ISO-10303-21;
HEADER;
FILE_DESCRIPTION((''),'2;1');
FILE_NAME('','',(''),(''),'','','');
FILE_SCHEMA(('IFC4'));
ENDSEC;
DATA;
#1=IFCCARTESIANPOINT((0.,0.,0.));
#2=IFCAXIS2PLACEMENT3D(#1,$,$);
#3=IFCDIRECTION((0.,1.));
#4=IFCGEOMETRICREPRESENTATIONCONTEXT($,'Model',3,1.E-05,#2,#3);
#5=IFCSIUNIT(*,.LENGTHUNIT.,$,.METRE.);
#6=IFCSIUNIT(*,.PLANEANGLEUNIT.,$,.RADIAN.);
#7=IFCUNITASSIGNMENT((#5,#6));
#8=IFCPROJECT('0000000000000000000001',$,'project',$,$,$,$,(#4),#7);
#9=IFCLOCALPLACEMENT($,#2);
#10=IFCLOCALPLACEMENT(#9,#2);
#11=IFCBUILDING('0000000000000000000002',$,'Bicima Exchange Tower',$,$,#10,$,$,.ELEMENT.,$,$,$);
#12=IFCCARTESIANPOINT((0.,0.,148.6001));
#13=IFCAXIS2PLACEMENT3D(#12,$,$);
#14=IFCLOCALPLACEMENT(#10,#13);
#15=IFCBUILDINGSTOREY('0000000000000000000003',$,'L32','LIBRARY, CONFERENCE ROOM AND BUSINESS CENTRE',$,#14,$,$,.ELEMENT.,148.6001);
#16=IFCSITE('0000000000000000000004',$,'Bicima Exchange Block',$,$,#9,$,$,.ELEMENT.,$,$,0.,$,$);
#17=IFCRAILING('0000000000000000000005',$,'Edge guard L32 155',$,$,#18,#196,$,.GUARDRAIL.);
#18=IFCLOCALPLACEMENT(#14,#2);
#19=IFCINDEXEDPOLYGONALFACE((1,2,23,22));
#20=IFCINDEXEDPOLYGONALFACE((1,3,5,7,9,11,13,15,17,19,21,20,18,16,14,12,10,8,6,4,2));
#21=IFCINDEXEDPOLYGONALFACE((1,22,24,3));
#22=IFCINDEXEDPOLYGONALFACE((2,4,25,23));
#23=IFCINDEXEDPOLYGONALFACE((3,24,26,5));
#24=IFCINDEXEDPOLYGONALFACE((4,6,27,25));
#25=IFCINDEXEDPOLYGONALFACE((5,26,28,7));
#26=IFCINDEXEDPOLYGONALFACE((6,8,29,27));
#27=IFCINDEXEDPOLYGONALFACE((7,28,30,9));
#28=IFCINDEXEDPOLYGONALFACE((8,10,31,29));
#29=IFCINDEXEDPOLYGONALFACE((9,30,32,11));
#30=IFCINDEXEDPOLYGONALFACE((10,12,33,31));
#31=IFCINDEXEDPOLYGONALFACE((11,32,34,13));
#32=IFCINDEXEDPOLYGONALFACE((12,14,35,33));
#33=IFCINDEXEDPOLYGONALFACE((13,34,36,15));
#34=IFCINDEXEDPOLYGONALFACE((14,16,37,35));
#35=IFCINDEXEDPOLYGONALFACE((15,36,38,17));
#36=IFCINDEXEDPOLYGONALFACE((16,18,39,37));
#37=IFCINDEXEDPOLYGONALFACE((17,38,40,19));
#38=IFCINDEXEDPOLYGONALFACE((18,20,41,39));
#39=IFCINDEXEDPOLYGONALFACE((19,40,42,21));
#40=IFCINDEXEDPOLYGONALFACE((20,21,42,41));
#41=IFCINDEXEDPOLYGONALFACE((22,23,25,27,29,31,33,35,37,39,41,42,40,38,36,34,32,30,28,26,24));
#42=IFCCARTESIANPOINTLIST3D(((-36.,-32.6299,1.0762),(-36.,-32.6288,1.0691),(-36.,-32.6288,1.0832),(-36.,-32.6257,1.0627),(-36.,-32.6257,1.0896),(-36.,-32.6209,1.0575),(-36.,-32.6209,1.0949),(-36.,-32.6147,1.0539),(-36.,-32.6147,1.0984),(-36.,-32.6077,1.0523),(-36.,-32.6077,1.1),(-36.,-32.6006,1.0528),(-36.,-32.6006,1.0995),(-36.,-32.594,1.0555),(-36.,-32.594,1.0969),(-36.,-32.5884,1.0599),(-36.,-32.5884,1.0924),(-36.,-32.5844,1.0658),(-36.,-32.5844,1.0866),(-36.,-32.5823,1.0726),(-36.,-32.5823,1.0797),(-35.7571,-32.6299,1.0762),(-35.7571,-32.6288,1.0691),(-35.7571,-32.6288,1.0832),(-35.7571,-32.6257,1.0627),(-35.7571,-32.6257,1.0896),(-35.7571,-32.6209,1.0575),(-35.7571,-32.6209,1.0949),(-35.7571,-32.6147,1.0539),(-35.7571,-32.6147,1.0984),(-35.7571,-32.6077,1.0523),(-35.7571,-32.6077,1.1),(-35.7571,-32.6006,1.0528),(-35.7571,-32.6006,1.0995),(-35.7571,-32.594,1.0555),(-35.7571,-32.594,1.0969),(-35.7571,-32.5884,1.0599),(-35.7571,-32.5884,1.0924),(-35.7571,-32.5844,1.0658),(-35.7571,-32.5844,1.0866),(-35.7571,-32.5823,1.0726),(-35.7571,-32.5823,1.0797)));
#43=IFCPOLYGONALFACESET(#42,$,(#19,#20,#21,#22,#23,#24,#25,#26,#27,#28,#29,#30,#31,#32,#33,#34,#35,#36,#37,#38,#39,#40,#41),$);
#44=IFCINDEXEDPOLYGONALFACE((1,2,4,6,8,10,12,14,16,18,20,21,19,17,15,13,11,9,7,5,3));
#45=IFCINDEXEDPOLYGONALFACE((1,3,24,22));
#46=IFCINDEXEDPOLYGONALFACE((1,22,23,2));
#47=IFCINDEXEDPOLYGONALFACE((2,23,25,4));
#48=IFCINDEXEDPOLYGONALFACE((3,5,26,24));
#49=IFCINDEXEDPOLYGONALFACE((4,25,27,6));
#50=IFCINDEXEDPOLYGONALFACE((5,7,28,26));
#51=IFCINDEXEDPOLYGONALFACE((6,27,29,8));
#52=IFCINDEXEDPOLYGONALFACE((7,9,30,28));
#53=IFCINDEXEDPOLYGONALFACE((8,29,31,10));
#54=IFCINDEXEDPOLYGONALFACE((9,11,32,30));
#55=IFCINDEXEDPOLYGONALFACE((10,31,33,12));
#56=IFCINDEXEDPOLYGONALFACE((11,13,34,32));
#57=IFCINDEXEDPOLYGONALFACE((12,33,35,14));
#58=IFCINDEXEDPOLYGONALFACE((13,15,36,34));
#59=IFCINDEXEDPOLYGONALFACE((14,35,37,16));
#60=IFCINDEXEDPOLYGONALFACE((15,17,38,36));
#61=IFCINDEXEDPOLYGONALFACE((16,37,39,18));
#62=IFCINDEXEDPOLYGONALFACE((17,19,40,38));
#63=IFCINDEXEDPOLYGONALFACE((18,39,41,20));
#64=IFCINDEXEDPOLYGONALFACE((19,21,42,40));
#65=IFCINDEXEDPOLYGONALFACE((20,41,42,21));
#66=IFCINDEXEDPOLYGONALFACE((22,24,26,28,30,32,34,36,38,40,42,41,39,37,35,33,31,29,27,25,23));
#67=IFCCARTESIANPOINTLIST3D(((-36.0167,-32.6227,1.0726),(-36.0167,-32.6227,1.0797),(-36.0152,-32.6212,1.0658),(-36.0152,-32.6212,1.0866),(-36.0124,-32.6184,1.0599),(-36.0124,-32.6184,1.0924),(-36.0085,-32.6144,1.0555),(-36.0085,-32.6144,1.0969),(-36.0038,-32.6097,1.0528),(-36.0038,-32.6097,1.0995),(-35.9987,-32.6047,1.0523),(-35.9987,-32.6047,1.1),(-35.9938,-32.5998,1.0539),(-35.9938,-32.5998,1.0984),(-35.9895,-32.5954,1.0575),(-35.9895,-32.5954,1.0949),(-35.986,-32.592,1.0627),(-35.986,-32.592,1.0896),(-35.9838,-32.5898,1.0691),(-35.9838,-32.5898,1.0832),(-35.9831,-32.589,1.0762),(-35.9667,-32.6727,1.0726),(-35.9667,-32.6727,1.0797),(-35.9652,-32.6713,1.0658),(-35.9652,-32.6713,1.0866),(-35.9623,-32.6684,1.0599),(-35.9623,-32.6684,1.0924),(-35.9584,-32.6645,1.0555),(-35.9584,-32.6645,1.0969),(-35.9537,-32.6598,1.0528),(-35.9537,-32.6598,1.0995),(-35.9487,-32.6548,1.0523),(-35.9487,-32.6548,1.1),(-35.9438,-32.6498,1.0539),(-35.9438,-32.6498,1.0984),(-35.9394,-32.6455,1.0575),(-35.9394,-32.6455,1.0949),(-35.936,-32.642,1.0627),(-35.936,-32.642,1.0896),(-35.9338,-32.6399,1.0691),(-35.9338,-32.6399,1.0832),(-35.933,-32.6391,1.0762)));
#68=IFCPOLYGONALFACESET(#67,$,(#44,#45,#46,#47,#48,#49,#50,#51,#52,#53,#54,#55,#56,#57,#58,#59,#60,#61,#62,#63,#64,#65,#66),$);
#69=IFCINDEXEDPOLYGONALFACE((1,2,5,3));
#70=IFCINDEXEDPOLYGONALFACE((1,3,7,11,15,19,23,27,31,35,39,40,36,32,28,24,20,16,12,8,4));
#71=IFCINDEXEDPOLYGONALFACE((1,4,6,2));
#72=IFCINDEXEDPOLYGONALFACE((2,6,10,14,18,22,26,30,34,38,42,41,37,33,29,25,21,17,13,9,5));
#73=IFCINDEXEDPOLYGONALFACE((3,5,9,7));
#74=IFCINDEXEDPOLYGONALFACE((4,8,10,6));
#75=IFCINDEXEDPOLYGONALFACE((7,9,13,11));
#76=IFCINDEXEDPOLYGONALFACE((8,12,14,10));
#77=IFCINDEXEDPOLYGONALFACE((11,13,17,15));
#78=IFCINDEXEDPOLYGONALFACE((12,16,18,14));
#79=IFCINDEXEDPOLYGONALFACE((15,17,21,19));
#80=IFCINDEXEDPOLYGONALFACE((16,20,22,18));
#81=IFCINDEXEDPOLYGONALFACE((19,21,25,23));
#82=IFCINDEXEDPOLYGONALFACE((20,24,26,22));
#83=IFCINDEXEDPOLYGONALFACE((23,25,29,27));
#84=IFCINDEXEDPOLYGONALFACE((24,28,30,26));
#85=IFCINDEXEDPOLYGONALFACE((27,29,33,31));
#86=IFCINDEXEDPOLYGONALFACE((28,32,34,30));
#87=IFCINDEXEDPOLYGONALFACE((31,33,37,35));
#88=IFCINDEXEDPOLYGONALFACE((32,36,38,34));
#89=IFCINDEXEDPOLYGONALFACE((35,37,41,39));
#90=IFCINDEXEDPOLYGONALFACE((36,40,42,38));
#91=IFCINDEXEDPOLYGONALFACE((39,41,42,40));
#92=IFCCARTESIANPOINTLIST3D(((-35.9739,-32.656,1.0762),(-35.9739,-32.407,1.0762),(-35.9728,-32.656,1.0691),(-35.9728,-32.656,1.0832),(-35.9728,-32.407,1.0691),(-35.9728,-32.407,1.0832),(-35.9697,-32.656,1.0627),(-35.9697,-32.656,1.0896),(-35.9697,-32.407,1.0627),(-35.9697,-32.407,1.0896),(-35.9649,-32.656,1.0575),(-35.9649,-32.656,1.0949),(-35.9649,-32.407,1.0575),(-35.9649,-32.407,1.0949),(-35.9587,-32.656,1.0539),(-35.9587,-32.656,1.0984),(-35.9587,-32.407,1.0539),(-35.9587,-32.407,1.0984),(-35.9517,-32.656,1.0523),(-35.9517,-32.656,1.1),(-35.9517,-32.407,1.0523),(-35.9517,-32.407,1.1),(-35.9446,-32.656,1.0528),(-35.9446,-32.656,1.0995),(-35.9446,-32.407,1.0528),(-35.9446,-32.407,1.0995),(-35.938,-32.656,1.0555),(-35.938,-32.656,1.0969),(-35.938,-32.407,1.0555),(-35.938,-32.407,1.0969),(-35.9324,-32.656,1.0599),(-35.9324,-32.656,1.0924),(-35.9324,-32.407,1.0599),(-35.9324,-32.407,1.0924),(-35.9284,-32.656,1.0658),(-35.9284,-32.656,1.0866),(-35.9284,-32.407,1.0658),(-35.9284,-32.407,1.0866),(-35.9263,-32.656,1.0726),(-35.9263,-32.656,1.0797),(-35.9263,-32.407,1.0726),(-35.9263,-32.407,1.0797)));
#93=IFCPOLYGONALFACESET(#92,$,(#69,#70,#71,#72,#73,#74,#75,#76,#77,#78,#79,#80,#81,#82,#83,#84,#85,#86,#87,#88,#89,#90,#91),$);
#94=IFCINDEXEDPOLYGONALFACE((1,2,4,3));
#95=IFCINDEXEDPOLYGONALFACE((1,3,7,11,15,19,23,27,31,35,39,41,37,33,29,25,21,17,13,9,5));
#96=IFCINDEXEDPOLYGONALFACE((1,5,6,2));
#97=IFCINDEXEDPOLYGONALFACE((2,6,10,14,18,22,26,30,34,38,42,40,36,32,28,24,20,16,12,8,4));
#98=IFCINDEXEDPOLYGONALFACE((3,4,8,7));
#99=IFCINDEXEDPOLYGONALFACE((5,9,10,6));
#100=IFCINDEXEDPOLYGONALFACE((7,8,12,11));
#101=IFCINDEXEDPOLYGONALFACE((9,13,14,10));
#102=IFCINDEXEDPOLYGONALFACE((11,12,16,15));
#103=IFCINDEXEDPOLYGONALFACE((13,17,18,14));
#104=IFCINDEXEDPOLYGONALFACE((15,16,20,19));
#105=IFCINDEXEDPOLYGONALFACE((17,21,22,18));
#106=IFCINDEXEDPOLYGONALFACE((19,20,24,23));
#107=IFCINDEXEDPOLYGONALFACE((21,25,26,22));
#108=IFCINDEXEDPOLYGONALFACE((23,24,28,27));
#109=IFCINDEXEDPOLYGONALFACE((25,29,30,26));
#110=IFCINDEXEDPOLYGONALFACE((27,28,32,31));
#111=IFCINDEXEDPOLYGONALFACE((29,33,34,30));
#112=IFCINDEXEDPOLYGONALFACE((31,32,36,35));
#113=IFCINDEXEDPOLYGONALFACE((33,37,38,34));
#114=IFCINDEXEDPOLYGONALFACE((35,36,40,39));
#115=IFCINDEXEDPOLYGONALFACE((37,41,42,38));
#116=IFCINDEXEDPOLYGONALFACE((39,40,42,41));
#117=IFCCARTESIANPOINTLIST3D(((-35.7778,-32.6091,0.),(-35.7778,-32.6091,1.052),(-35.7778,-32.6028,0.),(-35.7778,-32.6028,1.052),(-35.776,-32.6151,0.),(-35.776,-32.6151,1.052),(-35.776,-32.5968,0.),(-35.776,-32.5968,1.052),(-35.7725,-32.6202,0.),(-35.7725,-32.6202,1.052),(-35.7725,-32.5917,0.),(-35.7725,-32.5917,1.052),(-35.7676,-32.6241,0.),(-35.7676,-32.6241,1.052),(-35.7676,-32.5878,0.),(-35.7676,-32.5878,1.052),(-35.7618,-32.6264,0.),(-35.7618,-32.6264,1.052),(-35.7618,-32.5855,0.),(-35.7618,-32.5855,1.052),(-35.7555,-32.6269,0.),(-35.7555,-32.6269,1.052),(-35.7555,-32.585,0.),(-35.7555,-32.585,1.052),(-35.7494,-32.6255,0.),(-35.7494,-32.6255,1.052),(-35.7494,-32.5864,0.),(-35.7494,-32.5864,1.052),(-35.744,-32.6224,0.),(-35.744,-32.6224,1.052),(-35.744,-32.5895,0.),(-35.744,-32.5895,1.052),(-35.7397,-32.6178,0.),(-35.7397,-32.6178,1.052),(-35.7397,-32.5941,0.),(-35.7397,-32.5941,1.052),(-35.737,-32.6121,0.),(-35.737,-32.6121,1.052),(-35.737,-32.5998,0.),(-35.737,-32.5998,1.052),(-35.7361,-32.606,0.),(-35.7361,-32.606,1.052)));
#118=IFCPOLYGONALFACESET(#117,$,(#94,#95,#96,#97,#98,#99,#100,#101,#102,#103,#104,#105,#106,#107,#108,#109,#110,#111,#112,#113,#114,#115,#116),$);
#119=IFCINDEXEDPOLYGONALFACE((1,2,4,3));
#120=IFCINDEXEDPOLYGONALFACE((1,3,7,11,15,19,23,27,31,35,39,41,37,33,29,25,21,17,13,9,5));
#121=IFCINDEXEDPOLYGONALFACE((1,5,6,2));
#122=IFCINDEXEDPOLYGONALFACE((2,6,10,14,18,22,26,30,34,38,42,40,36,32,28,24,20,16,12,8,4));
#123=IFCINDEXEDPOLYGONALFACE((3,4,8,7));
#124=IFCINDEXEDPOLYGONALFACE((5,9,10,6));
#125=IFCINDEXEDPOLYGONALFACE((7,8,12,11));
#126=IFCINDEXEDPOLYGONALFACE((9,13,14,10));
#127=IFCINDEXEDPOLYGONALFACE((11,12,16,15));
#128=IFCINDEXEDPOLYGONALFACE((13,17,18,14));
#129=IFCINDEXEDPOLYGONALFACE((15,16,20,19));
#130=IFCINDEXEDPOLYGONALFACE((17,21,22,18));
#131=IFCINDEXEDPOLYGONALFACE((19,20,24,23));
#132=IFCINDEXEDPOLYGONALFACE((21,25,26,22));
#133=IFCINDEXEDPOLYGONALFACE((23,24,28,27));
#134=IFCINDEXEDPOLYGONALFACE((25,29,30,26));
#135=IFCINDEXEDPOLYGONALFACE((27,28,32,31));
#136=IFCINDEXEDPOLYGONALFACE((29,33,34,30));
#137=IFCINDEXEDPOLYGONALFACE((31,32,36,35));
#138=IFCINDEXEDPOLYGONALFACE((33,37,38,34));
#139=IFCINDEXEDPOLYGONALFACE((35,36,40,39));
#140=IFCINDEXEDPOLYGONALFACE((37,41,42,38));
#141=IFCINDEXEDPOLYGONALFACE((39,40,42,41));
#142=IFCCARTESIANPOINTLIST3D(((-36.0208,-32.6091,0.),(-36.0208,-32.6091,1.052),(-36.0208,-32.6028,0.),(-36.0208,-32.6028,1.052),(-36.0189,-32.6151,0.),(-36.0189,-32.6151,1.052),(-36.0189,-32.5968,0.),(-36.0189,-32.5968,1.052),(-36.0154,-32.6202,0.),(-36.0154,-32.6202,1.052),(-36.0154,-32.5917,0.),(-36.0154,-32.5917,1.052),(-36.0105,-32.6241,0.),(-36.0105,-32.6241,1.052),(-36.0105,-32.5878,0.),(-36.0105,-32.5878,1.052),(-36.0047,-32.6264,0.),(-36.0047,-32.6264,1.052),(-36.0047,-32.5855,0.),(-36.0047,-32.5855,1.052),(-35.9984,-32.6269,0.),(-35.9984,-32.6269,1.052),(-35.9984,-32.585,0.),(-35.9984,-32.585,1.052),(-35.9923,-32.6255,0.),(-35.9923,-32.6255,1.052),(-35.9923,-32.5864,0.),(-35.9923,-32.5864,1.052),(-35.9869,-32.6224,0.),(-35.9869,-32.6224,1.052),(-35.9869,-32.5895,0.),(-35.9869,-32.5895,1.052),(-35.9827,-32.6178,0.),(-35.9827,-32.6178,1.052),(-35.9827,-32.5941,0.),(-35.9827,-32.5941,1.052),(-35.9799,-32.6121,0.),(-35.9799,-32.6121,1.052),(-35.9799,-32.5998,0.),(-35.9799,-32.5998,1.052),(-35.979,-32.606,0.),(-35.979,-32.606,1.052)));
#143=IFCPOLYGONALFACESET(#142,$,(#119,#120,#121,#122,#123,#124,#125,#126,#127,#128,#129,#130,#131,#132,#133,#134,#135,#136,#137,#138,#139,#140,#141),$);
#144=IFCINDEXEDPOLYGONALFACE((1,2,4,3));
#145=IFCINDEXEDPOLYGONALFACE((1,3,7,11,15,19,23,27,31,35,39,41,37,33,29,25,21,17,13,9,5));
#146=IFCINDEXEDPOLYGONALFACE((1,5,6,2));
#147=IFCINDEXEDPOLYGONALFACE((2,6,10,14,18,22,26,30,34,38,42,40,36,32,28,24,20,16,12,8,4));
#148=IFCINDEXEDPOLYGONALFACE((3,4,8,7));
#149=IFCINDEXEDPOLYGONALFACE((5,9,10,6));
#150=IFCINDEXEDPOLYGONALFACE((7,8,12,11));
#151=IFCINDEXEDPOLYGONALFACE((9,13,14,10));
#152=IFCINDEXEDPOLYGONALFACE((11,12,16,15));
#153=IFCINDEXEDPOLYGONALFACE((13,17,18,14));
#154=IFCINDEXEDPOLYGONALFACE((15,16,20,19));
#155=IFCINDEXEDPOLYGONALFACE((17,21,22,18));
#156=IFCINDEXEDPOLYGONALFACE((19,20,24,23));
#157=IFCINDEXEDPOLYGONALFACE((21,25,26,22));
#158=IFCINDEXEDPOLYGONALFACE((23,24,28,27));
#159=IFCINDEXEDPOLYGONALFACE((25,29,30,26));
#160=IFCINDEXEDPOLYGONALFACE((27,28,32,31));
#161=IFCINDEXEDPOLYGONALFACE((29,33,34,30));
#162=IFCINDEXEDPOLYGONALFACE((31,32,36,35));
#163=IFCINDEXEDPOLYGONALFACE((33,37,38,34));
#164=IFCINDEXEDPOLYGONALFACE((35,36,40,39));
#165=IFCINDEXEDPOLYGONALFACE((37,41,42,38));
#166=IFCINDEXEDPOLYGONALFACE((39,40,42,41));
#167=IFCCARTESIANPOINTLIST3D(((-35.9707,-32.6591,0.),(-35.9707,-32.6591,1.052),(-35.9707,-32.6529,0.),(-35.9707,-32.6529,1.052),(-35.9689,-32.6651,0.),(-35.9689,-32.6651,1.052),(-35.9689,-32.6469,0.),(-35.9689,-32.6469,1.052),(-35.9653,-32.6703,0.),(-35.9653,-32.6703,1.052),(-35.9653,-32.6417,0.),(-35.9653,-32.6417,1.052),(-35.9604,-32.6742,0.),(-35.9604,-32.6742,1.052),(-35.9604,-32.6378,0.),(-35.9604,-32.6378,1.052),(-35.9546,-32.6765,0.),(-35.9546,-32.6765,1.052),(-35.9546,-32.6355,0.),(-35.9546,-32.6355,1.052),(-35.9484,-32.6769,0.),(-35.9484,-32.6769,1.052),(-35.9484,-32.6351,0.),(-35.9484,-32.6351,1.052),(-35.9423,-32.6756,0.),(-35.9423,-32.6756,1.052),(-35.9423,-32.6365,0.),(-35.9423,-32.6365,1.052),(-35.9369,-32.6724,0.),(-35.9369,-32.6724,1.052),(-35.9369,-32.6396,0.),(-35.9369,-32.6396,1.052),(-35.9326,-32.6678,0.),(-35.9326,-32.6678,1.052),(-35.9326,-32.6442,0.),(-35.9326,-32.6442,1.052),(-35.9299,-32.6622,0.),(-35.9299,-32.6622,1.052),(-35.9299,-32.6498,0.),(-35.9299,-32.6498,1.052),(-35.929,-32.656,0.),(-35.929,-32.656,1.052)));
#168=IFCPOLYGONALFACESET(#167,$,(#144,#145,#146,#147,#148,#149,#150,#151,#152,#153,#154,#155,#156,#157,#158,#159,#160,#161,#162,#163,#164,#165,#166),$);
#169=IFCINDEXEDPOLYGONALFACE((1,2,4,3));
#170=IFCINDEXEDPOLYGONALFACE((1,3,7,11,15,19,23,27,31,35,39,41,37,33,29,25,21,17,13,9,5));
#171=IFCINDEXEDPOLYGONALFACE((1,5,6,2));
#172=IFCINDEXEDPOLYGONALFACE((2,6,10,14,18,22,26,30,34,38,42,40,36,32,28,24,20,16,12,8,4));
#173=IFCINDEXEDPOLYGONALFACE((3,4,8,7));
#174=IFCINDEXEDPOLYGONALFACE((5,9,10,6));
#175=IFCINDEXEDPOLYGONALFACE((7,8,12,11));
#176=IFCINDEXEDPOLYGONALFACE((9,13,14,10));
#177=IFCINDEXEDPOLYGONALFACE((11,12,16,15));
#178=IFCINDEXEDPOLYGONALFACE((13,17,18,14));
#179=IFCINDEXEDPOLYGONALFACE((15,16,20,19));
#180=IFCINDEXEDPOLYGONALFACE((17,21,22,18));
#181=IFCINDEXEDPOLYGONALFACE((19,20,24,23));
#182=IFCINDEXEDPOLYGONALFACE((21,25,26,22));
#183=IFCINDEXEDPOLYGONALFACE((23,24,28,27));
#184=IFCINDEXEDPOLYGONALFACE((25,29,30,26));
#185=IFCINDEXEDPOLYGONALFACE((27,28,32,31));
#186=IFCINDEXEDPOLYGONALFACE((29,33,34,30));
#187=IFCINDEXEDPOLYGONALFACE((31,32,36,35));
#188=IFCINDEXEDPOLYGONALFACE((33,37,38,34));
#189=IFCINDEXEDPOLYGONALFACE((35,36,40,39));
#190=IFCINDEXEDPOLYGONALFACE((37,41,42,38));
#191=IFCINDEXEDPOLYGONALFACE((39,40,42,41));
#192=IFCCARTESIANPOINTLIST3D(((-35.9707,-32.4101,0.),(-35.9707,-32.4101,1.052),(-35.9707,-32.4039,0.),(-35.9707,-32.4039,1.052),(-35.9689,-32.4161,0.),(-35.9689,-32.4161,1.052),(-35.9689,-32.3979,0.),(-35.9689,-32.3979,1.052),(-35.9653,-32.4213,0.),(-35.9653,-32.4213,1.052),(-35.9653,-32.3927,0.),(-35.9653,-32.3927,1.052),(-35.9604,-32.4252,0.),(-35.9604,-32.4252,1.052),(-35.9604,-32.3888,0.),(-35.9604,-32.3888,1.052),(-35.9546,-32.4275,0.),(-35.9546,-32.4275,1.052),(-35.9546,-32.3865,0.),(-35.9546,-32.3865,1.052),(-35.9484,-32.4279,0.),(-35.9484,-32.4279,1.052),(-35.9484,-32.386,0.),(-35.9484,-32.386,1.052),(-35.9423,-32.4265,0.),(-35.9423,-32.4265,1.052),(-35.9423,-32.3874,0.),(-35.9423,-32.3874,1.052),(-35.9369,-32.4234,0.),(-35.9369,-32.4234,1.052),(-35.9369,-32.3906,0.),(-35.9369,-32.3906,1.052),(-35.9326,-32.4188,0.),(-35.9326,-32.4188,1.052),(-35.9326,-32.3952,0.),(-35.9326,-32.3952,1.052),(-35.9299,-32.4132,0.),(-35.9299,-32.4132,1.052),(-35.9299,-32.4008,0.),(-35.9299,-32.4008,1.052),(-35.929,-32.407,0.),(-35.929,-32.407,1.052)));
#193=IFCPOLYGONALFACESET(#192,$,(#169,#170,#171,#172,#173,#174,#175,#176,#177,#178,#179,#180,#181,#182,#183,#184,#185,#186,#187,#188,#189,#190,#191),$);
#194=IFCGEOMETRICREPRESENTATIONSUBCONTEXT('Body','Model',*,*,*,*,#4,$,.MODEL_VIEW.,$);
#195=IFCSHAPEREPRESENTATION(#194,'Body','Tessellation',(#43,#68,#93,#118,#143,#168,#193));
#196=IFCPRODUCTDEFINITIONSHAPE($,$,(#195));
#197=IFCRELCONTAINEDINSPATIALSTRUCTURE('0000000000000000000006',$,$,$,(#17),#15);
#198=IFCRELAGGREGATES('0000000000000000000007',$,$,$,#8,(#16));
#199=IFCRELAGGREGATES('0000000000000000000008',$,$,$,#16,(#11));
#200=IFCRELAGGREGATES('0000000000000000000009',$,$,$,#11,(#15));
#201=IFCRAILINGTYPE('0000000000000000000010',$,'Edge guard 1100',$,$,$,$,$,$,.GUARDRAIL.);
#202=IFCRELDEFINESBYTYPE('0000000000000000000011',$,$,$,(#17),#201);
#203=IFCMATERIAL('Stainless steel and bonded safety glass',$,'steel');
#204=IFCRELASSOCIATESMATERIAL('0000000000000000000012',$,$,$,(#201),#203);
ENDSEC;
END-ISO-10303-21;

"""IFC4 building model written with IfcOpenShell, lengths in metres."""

from ifc_helpers import new_model, si_unit, direction, frame, origin, origin_2d, place, context, subcontext, project, spatial, circle, extrude, material, type_object, element, save


model = new_model("IFC4")

# Units and contexts
model_context = context("Model", 3, precision=1e-05, world=origin(), true_north=direction((0.0, 1.0)))
body_context = subcontext(model_context, "Body", "Model", "MODEL_VIEW")
ifc_project = project(units=[si_unit("LENGTHUNIT", "METRE"), si_unit("PLANEANGLEUNIT", "RADIAN")], contexts=[model_context])

# Site, building, storey
site_placement = place(None, origin())
site = spatial("IfcSite", under=ifc_project, at=site_placement, Name="Bicima Exchange Block", CompositionType="ELEMENT", RefElevation=0.0)
building_placement = place(site_placement, origin())
building = spatial("IfcBuilding", under=site, at=building_placement, Name="Bicima Exchange Tower", CompositionType="ELEMENT")
storey_placement = place(building_placement, frame((0.0, 0.0, 148.6001)))
storey = spatial("IfcBuildingStorey", under=building, at=storey_placement, Name="L32", Description="LIBRARY, CONFERENCE ROOM AND BUSINESS CENTRE", CompositionType="ELEMENT", Elevation=148.6001)

# Railing
ifc_material_1 = material(Name="Stainless steel and bonded safety glass", Category="steel")
railing_type = type_object("IfcRailingType", Name="Edge guard 1100", PredefinedType="GUARDRAIL", material=ifc_material_1)
railing_1_placement = place(storey_placement, frame((-35.7571, -32.606, 0.0)))
element("IfcRailing", 1, at=railing_1_placement, inside=storey, type_object=railing_type, Name="Edge guard L32 155", PredefinedType="GUARDRAIL", context=body_context, shape_type="SweptSolid", body=[
    extrude(circle(Radius=0.0239, at=origin_2d()), frame((0.0, 0.0, 1.0762), z_axis=(-1.0, 0.0, 0.0), x_axis=(0.0, -1.0, 0.0)), (0.0, 0.0, 1.0), 0.2429),
    extrude(circle(Radius=0.0239, at=origin_2d()), frame((-0.2429, 0.0, 1.0762), z_axis=(0.707107, -0.707107, 0.0), x_axis=(0.707107, 0.707107, 0.0)), (0.0, 0.0, 1.0), 0.0708),
    extrude(circle(Radius=0.0239, at=origin_2d()), frame((-0.1929, -0.05, 1.0762), z_axis=(0.0, 1.0, 0.0), x_axis=(-1.0, 0.0, 0.0)), (0.0, 0.0, 1.0), 0.249),
    extrude(circle(Radius=0.021, at=origin_2d()), origin(), (0.0, 0.0, 1.0), 1.052),
    extrude(circle(Radius=0.021, at=origin_2d()), frame((-0.2429, 0.0, 0.0)), (0.0, 0.0, 1.0), 1.052),
    extrude(circle(Radius=0.021, at=origin_2d()), frame((-0.1929, -0.05, 0.0)), (0.0, 0.0, 1.0), 1.052),
    extrude(circle(Radius=0.021, at=origin_2d()), frame((-0.1929, 0.199, 0.0)), (0.0, 0.0, 1.0), 1.052),
])

save(model, "model.ifc")
